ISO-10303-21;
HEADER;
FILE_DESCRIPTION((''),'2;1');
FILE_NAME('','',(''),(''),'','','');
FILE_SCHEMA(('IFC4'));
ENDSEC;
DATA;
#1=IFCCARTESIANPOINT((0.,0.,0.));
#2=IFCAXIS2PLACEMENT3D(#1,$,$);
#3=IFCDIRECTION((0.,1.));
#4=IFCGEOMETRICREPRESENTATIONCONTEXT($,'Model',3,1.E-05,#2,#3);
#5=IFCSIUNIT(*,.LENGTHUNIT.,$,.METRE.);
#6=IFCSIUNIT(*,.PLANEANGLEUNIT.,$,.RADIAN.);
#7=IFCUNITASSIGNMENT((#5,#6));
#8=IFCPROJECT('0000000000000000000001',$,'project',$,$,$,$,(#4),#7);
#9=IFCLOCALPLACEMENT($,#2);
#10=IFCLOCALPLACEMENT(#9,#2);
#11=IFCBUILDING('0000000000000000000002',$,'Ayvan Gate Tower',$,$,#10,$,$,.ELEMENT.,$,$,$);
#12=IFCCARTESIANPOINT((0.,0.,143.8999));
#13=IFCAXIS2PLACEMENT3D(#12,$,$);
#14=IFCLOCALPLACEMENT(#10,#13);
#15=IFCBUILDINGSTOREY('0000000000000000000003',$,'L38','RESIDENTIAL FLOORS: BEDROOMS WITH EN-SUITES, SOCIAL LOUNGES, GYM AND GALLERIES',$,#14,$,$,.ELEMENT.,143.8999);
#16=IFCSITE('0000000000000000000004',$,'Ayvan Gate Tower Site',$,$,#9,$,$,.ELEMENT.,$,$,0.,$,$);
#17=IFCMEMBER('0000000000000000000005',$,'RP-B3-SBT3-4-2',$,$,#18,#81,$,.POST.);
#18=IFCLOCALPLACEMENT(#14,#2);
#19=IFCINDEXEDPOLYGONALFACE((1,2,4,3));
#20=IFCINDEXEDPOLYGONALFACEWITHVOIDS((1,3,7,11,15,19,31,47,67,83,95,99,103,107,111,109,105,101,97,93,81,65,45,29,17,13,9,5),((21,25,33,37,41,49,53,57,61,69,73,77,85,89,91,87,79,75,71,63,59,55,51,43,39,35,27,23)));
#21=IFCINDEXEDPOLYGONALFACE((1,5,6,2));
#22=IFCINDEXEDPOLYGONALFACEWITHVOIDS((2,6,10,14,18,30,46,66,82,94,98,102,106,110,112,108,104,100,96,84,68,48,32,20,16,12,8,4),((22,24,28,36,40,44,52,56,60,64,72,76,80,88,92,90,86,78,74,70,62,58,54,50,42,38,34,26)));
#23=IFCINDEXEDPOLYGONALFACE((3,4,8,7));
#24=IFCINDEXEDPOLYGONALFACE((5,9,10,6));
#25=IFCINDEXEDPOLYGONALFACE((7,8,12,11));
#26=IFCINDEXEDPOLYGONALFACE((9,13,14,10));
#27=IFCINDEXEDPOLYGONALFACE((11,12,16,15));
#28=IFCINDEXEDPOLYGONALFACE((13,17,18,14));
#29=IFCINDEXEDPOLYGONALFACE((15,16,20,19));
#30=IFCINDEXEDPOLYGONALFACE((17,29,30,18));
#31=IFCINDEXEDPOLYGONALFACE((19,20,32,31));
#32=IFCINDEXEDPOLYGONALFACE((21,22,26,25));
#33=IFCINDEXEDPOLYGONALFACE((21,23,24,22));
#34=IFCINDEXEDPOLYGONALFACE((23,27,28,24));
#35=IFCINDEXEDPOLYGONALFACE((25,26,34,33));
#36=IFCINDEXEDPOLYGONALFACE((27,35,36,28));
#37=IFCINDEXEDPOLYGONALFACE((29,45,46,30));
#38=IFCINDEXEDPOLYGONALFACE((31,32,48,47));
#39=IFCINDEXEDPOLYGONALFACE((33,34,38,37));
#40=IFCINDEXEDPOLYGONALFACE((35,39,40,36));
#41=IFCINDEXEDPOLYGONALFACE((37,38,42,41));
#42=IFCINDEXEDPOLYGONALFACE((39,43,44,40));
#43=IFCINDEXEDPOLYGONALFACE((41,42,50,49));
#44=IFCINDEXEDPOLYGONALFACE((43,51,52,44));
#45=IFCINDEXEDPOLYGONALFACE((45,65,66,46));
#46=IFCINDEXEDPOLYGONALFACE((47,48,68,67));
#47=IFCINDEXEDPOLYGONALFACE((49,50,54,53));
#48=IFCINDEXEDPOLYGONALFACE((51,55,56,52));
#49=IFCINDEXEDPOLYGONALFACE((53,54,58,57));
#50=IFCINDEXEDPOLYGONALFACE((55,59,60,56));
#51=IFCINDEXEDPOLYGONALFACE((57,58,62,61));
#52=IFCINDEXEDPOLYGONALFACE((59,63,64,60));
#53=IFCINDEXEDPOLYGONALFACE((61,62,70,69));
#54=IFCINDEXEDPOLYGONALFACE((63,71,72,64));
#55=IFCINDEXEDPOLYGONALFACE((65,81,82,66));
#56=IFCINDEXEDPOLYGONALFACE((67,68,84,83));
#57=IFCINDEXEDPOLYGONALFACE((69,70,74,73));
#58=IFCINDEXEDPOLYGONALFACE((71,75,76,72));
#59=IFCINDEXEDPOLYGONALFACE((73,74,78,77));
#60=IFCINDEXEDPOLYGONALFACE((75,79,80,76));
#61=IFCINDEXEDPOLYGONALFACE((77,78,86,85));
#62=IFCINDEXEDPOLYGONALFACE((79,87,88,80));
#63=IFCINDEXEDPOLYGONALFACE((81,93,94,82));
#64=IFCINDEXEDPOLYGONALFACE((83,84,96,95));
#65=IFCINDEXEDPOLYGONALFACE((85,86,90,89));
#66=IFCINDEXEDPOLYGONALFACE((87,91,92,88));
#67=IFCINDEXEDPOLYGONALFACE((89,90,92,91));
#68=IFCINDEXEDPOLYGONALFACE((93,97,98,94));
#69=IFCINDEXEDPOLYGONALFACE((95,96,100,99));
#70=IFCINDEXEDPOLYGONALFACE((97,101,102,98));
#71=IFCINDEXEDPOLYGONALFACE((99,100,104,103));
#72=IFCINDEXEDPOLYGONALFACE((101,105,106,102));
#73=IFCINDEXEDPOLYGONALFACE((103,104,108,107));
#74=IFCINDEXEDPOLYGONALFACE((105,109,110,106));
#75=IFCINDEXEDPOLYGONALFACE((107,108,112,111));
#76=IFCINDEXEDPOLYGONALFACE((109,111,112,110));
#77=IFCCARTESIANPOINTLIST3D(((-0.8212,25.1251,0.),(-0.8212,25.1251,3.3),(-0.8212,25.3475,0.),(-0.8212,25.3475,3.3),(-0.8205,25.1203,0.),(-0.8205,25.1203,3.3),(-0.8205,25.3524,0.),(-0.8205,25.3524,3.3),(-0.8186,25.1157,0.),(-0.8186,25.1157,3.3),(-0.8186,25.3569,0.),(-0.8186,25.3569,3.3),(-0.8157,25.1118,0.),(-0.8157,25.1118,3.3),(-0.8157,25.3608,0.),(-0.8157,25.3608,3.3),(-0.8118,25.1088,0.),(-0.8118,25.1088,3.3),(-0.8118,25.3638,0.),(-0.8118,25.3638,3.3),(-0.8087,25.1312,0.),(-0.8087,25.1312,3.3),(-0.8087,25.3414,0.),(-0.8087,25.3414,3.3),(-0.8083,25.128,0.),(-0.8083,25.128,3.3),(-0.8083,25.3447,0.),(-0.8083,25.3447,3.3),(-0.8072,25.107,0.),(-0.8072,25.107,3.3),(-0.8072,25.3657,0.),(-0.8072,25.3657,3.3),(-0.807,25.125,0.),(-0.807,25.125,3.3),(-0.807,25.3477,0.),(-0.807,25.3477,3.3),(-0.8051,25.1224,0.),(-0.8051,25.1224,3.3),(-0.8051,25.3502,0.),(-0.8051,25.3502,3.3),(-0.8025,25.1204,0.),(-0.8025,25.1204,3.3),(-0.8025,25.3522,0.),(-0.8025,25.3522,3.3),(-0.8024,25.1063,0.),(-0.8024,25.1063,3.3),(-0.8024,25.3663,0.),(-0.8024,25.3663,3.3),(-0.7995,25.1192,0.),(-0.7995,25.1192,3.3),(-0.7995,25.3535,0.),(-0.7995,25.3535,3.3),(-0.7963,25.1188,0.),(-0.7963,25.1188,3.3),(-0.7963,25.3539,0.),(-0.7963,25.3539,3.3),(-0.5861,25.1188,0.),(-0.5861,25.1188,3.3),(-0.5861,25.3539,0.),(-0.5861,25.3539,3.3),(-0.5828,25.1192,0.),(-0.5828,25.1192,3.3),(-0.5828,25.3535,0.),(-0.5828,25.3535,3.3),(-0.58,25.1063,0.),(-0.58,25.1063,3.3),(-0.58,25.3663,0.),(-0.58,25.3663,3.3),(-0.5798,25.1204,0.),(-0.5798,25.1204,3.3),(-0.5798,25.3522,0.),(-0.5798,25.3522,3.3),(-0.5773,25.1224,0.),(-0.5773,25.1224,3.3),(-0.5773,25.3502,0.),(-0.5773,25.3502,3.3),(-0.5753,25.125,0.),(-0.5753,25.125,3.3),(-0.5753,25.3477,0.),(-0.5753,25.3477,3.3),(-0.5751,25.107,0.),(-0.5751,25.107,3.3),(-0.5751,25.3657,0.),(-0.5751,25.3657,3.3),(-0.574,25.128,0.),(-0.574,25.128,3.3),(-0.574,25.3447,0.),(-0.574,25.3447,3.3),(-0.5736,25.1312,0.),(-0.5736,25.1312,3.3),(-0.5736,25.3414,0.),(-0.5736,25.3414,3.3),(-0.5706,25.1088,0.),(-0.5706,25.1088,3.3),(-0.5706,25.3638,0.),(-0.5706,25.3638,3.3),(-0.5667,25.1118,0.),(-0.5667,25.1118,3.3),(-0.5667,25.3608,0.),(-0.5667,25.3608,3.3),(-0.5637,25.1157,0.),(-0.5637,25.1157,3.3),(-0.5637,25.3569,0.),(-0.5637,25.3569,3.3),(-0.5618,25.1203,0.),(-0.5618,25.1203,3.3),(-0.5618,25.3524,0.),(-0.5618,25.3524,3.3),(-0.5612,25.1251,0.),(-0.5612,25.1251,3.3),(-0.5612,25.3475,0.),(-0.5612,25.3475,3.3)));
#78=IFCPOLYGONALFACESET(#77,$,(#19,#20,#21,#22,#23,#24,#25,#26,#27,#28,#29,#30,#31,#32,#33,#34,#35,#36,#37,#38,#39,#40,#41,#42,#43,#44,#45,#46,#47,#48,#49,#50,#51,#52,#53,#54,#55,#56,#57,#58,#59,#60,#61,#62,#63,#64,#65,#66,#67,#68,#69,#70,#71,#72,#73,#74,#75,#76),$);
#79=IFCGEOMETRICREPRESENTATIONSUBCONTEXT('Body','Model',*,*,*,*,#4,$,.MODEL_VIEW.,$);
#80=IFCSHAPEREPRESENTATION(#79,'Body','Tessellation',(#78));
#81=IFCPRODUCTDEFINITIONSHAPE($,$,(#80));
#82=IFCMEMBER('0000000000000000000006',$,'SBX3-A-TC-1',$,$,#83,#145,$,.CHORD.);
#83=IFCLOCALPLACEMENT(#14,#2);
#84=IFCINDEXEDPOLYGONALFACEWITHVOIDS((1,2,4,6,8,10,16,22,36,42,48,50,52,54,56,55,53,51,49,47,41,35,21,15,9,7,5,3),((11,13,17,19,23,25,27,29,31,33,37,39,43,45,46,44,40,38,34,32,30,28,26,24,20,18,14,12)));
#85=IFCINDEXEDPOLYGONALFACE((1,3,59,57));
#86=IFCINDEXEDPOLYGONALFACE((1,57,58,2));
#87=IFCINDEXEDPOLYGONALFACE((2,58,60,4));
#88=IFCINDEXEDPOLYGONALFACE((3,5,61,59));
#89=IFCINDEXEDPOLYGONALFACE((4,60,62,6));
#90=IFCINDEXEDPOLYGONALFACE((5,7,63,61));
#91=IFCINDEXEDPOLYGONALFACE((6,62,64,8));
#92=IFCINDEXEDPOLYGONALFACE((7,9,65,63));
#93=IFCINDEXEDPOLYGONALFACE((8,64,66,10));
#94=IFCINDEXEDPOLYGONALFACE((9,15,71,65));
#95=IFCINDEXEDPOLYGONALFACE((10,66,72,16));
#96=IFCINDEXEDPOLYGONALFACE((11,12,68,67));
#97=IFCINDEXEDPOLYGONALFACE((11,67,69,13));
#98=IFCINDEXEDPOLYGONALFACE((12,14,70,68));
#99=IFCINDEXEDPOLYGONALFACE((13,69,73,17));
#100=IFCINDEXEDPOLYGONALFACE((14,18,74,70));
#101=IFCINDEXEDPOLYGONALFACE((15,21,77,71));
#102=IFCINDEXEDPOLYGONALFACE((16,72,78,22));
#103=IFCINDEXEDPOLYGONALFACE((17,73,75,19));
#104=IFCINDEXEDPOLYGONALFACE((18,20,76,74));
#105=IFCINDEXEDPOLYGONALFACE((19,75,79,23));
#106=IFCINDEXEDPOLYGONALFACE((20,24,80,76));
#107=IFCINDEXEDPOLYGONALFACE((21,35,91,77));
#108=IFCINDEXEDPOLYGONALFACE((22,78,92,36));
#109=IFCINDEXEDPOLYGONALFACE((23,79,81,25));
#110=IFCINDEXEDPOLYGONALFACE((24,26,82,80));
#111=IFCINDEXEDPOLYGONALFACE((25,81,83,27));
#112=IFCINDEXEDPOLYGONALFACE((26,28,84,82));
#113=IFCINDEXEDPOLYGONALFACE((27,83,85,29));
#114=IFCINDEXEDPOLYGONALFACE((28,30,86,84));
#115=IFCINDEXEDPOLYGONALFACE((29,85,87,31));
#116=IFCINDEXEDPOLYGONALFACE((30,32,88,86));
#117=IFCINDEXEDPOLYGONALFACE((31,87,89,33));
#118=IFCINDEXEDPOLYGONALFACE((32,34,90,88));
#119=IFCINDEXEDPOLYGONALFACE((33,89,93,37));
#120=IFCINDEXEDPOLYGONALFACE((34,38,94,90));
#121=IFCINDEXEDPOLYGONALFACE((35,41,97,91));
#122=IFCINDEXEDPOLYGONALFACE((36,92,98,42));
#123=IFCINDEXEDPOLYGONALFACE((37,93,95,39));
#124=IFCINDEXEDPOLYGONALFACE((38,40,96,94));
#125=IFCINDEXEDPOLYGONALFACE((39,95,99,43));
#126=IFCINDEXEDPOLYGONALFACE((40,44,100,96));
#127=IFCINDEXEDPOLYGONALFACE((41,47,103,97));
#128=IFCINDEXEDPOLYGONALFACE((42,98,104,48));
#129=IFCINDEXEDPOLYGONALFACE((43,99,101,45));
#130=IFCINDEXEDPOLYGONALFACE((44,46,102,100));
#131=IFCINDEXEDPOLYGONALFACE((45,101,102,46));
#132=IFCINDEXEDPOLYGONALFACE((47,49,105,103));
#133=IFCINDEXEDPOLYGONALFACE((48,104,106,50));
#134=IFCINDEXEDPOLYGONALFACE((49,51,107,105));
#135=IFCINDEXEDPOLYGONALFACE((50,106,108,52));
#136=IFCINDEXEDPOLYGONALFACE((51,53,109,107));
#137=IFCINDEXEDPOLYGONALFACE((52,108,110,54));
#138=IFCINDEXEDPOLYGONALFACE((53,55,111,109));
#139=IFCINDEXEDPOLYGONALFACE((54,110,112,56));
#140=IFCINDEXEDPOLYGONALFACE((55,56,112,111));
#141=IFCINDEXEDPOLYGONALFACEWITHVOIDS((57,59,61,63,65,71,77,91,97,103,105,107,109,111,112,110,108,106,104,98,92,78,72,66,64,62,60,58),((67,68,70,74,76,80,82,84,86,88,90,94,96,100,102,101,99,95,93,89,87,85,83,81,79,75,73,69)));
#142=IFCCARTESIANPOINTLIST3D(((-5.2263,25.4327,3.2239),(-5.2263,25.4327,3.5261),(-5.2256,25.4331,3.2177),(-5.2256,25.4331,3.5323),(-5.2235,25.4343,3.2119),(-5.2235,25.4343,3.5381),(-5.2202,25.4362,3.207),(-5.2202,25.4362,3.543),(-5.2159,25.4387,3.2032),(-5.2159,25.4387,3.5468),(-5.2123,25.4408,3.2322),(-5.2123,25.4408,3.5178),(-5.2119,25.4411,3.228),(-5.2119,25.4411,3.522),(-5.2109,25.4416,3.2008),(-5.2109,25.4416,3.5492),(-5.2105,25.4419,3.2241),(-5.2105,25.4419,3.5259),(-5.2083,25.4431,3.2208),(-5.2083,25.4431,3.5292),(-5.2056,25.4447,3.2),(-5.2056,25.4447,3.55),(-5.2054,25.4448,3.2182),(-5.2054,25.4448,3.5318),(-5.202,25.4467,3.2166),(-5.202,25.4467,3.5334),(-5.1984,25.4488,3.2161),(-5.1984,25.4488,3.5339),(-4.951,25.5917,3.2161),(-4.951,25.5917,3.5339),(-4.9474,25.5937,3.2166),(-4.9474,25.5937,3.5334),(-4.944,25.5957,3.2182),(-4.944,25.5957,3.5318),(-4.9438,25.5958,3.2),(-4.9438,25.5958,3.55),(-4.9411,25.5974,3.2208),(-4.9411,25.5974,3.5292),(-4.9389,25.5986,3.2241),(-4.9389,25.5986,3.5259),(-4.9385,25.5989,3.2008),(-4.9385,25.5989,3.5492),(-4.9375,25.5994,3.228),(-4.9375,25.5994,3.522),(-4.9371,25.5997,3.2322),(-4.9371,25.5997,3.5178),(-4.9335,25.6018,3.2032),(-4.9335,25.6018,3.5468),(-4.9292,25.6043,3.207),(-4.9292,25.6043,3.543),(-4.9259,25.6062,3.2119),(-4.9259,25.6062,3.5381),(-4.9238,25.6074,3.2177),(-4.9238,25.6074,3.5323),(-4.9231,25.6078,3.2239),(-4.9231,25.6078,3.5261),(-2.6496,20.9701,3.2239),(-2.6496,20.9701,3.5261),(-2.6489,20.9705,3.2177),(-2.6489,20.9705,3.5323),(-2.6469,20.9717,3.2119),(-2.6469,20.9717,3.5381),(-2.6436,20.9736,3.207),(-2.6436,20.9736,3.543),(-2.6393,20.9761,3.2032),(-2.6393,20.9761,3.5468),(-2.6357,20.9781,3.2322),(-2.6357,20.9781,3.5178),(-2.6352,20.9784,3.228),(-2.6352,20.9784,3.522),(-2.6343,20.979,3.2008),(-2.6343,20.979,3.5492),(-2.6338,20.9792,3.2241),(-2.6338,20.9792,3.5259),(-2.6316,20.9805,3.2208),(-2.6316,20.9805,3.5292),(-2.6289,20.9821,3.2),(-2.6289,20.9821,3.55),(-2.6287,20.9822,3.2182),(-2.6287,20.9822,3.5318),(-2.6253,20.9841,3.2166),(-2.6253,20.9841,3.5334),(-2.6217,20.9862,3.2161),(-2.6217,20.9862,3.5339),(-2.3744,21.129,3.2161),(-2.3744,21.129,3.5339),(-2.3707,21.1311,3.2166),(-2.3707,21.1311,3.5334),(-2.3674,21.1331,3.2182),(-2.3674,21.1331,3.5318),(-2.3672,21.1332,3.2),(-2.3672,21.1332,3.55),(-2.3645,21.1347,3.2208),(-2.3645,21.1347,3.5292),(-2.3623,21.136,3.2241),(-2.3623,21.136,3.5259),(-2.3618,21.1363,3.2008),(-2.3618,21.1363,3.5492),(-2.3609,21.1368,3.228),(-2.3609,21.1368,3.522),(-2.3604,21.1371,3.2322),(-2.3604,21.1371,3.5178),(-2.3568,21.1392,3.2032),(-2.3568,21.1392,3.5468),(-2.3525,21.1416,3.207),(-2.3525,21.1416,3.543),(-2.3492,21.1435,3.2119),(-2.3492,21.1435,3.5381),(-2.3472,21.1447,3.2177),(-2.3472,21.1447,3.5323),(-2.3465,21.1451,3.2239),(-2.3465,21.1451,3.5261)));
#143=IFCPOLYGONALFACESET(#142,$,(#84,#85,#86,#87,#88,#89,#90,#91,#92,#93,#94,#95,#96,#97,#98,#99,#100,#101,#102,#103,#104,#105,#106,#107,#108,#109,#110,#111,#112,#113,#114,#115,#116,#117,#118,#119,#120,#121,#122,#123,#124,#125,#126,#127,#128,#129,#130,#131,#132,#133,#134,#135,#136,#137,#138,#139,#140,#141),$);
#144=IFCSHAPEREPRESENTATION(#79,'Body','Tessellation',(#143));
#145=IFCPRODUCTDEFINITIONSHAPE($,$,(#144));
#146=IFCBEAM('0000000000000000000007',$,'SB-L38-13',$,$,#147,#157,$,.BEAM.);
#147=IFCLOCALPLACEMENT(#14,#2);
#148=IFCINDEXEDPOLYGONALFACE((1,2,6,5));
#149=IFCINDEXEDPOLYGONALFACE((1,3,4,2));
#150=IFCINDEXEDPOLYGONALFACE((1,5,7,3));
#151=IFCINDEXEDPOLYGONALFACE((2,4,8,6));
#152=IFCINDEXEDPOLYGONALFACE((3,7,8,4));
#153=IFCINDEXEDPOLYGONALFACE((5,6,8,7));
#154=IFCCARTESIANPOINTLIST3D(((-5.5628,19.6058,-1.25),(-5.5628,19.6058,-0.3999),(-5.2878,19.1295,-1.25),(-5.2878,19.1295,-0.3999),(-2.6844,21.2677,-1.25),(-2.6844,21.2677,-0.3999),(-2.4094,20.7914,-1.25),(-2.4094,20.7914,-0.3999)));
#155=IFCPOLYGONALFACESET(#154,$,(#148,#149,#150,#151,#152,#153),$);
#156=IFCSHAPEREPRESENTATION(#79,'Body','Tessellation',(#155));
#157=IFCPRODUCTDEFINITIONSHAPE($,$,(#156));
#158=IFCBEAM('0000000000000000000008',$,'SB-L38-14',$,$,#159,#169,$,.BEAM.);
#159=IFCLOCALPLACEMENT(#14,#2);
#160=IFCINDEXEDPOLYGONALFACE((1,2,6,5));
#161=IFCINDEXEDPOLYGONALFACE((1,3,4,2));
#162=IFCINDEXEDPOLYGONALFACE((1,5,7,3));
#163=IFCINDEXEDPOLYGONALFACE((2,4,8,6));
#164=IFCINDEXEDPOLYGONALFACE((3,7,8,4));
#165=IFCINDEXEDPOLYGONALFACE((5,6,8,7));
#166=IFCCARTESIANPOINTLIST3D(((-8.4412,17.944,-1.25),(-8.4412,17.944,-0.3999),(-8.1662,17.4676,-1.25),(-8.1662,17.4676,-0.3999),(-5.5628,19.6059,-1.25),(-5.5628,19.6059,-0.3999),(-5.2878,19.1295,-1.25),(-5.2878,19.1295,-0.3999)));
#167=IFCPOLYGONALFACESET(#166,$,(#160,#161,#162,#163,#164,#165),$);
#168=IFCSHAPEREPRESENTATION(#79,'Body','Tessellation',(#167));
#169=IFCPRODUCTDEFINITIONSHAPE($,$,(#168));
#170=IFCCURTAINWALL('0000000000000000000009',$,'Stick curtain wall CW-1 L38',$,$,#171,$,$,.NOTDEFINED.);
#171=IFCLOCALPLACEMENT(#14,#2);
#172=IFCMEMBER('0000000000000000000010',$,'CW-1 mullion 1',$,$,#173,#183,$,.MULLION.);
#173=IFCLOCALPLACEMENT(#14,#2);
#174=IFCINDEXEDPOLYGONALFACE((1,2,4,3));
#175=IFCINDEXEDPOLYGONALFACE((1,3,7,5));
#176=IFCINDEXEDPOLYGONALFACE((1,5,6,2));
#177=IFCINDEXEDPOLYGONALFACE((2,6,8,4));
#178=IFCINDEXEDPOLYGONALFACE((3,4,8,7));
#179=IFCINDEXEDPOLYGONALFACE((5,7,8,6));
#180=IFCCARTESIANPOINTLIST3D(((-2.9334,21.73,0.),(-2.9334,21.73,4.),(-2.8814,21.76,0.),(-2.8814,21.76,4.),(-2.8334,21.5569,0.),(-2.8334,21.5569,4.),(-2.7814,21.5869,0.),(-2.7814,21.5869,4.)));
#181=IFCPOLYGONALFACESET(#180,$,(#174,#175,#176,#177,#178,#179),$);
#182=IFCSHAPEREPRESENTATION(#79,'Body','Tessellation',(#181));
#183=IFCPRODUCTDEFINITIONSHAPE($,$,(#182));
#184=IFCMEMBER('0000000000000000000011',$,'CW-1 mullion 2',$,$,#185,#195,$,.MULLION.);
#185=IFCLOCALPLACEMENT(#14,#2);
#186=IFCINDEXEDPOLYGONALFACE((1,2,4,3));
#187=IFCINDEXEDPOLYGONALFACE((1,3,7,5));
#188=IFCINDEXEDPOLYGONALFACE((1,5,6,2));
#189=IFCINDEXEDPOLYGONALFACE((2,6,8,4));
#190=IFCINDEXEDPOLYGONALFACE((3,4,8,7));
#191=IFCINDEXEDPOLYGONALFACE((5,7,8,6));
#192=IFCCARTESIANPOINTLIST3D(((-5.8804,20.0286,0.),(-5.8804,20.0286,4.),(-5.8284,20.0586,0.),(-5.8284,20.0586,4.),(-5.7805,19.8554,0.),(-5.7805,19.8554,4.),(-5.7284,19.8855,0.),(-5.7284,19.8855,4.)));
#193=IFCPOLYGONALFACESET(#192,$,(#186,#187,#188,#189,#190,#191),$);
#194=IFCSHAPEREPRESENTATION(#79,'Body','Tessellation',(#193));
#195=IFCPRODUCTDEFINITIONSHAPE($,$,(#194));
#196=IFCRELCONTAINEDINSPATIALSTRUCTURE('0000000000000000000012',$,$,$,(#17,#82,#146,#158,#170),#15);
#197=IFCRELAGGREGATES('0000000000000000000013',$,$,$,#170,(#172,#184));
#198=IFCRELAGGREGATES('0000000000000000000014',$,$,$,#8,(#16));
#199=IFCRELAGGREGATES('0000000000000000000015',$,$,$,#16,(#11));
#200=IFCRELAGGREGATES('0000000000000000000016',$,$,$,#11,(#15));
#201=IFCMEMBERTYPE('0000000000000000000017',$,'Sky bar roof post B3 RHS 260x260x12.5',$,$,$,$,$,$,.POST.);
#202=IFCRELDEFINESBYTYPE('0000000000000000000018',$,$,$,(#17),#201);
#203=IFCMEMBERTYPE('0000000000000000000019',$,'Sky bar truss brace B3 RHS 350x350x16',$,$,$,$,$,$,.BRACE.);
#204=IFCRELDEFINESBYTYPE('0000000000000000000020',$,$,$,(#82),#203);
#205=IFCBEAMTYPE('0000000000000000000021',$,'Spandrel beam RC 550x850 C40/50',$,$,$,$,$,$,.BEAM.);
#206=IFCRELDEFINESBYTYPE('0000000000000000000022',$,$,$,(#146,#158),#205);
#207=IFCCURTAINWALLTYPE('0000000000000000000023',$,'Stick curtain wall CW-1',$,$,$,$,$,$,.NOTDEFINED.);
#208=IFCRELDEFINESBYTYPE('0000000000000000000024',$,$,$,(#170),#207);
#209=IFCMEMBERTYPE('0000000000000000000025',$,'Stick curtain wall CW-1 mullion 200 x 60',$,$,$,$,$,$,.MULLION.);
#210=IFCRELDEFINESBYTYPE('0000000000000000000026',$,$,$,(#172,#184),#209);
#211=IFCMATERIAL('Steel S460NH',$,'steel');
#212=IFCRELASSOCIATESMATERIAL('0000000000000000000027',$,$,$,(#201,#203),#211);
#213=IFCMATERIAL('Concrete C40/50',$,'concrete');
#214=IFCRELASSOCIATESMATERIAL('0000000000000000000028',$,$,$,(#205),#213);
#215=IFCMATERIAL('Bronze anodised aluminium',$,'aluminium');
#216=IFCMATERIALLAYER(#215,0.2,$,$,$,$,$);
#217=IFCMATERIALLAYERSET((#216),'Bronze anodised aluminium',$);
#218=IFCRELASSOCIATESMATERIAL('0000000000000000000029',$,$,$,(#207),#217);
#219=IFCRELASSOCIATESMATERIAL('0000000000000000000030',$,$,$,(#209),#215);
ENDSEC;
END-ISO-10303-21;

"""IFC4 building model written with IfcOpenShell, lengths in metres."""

from ifc_helpers import new_model, si_unit, direction, frame, origin, origin_2d, place, context, subcontext, project, spatial, rectangle, hollow_rectangle, extrude, material, layer, layer_set, material_profile, profile_set, type_object, element, aggregate, save


model = new_model("IFC4")

# Units and contexts
model_context = context("Model", 3, precision=1e-05, world=origin(), true_north=direction((0.0, 1.0)))
body_context = subcontext(model_context, "Body", "Model", "MODEL_VIEW")
ifc_project = project(units=[si_unit("LENGTHUNIT", "METRE"), si_unit("PLANEANGLEUNIT", "RADIAN")], contexts=[model_context])

# Site, building, storey
site_placement = place(None, origin())
site = spatial("IfcSite", under=ifc_project, at=site_placement, Name="Ayvan Gate Tower Site", CompositionType="ELEMENT", RefElevation=0.0)
building_placement = place(site_placement, origin())
building = spatial("IfcBuilding", under=site, at=building_placement, Name="Ayvan Gate Tower", CompositionType="ELEMENT")
storey_placement = place(building_placement, frame((0.0, 0.0, 143.8999)))
storey = spatial("IfcBuildingStorey", under=building, at=storey_placement, Name="L38", Description="RESIDENTIAL FLOORS: BEDROOMS WITH EN-SUITES, SOCIAL LOUNGES, GYM AND GALLERIES", CompositionType="ELEMENT", Elevation=143.8999)

# Shared definitions
ifc_material_1 = material(Name="Concrete C40/50", Category="concrete")

# Members
ifc_material_2 = material(Name="Steel S460NH", Category="steel")
ifc_material_profile_1 = material_profile(ifc_material_2, hollow_rectangle(XDim=0.26, YDim=0.26, WallThickness=0.0125, InnerFilletRadius=0.0125, OuterFilletRadius=0.0188, at=origin_2d()), Name="RHS 260x260x12.5")
ifc_profile_set_1 = profile_set([ifc_material_profile_1], Name="Steel S460NH")
member_type_1 = type_object("IfcMemberType", Name="Sky bar roof post B3 RHS 260x260x12.5", PredefinedType="POST", material=ifc_profile_set_1)
for number, where, z_axis, x_axis, name in (
    (1, (-0.6912, 25.2363, 0.0), (0.0, 0.0, 1.0), (1.0, 0.0, 0.0), "RP-B3-SBT3-4-2"),
):
    element("IfcMember", number, at=place(storey_placement, frame(where, z_axis=z_axis, x_axis=x_axis)), inside=storey, type_object=member_type_1, Name=name, PredefinedType="POST", context=body_context, shape_type="SweptSolid", body=[
        extrude(hollow_rectangle(XDim=0.26, YDim=0.26, WallThickness=0.0125, InnerFilletRadius=0.0125, OuterFilletRadius=0.0188, at=origin_2d()), origin(), (0.0, 0.0, 1.0), 3.3),
    ])
ifc_material_profile_2 = material_profile(ifc_material_2, hollow_rectangle(XDim=0.3501, YDim=0.3501, WallThickness=0.0161, InnerFilletRadius=0.0161, OuterFilletRadius=0.0239, at=origin_2d()), Name="RHS 350x350x16")
ifc_profile_set_2 = profile_set([ifc_material_profile_2], Name="Steel S460NH")
member_type_2 = type_object("IfcMemberType", Name="Sky bar truss brace B3 RHS 350x350x16", PredefinedType="BRACE", material=ifc_profile_set_2)
member_1_placement = place(storey_placement, frame((-2.498, 21.0576, 3.375), z_axis=(-0.500022, 0.866013, 0.0), x_axis=(-0.866013, -0.500022, 0.0)))
element("IfcMember", 2, at=member_1_placement, inside=storey, type_object=member_type_2, Name="SBX3-A-TC-1", PredefinedType="CHORD", context=body_context, shape_type="SweptSolid", body=[
    extrude(hollow_rectangle(XDim=0.3501, YDim=0.3501, WallThickness=0.0161, InnerFilletRadius=0.0161, OuterFilletRadius=0.0239, at=origin_2d()), origin(), (0.0, 0.0, 1.0), 5.1531),
])

# Beams
ifc_material_profile_3 = material_profile(ifc_material_1, rectangle(XDim=0.55, YDim=0.8501, at=origin_2d()), Name="RC 550x850")
ifc_profile_set_3 = profile_set([ifc_material_profile_3], Name="Concrete C40/50")
beam_type_1 = type_object("IfcBeamType", Name="Spandrel beam RC 550x850 C40/50", PredefinedType="BEAM", material=ifc_profile_set_3)
for number, where, z_axis, x_axis, name in (
    (3, (-2.5469, 21.0295, -0.825), (-0.866024, -0.500002, 0.0), (0.500002, -0.866024, 0.0), "SB-L38-13"),
    (4, (-5.4253, 19.3677, -0.825), (-0.866024, -0.500002, 0.0), (0.500002, -0.866024, 0.0), "SB-L38-14"),
):
    element("IfcBeam", number, at=place(storey_placement, frame(where, z_axis=z_axis, x_axis=x_axis)), inside=storey, type_object=beam_type_1, Name=name, PredefinedType="BEAM", context=body_context, shape_type="SweptSolid", body=[
        extrude(rectangle(XDim=0.55, YDim=0.8501, at=origin_2d()), origin(), (0.0, 0.0, 1.0), 3.3237),
    ])

# Curtain wall, members
ifc_material_3 = material(Name="Bronze anodised aluminium", Category="aluminium")
ifc_layer_1 = layer(ifc_material_3, 0.2)
ifc_layer_set_1 = layer_set([ifc_layer_1], Name="Bronze anodised aluminium")
curtain_wall_type_1 = type_object("IfcCurtainWallType", Name="Stick curtain wall CW-1", PredefinedType="NOTDEFINED", material=ifc_layer_set_1)
curtain_wall_1_placement = place(storey_placement, origin())
curtain_wall_1 = element("IfcCurtainWall", 5, at=curtain_wall_1_placement, inside=storey, type_object=curtain_wall_type_1, Name="Stick curtain wall CW-1 L38", PredefinedType="NOTDEFINED")
ifc_material_profile_4 = material_profile(ifc_material_3, rectangle(XDim=0.2, YDim=0.0601, at=origin_2d()), Name="Stick curtain wall CW-1 mullion 200 x 60")
ifc_profile_set_4 = profile_set([ifc_material_profile_4], Name="Bronze anodised aluminium")
member_type_3 = type_object("IfcMemberType", Name="Stick curtain wall CW-1 mullion 200 x 60", PredefinedType="MULLION", material=ifc_profile_set_4)
member_2_placement = place(storey_placement, frame((-2.8574, 21.6584, 0.0), z_axis=(0.0, 0.0, 1.0), x_axis=(-0.5, 0.866025, 0.0)))
member_2 = element("IfcMember", 6, at=member_2_placement, type_object=member_type_3, Name="CW-1 mullion 1", PredefinedType="MULLION", context=body_context, shape_type="SweptSolid", body=[
    extrude(rectangle(XDim=0.2, YDim=0.0601, at=origin_2d()), origin(), (0.0, 0.0, 1.0), 4.0),
])
member_3_placement = place(storey_placement, frame((-5.8044, 19.957, 0.0), z_axis=(0.0, 0.0, 1.0), x_axis=(-0.5, 0.866025, 0.0)))
member_3 = element("IfcMember", 7, at=member_3_placement, type_object=member_type_3, Name="CW-1 mullion 2", PredefinedType="MULLION", context=body_context, shape_type="SweptSolid", body=[
    extrude(rectangle(XDim=0.2, YDim=0.0601, at=origin_2d()), origin(), (0.0, 0.0, 1.0), 4.0),
])

aggregate(curtain_wall_1, [member_2, member_3])

save(model, "model.ifc")
